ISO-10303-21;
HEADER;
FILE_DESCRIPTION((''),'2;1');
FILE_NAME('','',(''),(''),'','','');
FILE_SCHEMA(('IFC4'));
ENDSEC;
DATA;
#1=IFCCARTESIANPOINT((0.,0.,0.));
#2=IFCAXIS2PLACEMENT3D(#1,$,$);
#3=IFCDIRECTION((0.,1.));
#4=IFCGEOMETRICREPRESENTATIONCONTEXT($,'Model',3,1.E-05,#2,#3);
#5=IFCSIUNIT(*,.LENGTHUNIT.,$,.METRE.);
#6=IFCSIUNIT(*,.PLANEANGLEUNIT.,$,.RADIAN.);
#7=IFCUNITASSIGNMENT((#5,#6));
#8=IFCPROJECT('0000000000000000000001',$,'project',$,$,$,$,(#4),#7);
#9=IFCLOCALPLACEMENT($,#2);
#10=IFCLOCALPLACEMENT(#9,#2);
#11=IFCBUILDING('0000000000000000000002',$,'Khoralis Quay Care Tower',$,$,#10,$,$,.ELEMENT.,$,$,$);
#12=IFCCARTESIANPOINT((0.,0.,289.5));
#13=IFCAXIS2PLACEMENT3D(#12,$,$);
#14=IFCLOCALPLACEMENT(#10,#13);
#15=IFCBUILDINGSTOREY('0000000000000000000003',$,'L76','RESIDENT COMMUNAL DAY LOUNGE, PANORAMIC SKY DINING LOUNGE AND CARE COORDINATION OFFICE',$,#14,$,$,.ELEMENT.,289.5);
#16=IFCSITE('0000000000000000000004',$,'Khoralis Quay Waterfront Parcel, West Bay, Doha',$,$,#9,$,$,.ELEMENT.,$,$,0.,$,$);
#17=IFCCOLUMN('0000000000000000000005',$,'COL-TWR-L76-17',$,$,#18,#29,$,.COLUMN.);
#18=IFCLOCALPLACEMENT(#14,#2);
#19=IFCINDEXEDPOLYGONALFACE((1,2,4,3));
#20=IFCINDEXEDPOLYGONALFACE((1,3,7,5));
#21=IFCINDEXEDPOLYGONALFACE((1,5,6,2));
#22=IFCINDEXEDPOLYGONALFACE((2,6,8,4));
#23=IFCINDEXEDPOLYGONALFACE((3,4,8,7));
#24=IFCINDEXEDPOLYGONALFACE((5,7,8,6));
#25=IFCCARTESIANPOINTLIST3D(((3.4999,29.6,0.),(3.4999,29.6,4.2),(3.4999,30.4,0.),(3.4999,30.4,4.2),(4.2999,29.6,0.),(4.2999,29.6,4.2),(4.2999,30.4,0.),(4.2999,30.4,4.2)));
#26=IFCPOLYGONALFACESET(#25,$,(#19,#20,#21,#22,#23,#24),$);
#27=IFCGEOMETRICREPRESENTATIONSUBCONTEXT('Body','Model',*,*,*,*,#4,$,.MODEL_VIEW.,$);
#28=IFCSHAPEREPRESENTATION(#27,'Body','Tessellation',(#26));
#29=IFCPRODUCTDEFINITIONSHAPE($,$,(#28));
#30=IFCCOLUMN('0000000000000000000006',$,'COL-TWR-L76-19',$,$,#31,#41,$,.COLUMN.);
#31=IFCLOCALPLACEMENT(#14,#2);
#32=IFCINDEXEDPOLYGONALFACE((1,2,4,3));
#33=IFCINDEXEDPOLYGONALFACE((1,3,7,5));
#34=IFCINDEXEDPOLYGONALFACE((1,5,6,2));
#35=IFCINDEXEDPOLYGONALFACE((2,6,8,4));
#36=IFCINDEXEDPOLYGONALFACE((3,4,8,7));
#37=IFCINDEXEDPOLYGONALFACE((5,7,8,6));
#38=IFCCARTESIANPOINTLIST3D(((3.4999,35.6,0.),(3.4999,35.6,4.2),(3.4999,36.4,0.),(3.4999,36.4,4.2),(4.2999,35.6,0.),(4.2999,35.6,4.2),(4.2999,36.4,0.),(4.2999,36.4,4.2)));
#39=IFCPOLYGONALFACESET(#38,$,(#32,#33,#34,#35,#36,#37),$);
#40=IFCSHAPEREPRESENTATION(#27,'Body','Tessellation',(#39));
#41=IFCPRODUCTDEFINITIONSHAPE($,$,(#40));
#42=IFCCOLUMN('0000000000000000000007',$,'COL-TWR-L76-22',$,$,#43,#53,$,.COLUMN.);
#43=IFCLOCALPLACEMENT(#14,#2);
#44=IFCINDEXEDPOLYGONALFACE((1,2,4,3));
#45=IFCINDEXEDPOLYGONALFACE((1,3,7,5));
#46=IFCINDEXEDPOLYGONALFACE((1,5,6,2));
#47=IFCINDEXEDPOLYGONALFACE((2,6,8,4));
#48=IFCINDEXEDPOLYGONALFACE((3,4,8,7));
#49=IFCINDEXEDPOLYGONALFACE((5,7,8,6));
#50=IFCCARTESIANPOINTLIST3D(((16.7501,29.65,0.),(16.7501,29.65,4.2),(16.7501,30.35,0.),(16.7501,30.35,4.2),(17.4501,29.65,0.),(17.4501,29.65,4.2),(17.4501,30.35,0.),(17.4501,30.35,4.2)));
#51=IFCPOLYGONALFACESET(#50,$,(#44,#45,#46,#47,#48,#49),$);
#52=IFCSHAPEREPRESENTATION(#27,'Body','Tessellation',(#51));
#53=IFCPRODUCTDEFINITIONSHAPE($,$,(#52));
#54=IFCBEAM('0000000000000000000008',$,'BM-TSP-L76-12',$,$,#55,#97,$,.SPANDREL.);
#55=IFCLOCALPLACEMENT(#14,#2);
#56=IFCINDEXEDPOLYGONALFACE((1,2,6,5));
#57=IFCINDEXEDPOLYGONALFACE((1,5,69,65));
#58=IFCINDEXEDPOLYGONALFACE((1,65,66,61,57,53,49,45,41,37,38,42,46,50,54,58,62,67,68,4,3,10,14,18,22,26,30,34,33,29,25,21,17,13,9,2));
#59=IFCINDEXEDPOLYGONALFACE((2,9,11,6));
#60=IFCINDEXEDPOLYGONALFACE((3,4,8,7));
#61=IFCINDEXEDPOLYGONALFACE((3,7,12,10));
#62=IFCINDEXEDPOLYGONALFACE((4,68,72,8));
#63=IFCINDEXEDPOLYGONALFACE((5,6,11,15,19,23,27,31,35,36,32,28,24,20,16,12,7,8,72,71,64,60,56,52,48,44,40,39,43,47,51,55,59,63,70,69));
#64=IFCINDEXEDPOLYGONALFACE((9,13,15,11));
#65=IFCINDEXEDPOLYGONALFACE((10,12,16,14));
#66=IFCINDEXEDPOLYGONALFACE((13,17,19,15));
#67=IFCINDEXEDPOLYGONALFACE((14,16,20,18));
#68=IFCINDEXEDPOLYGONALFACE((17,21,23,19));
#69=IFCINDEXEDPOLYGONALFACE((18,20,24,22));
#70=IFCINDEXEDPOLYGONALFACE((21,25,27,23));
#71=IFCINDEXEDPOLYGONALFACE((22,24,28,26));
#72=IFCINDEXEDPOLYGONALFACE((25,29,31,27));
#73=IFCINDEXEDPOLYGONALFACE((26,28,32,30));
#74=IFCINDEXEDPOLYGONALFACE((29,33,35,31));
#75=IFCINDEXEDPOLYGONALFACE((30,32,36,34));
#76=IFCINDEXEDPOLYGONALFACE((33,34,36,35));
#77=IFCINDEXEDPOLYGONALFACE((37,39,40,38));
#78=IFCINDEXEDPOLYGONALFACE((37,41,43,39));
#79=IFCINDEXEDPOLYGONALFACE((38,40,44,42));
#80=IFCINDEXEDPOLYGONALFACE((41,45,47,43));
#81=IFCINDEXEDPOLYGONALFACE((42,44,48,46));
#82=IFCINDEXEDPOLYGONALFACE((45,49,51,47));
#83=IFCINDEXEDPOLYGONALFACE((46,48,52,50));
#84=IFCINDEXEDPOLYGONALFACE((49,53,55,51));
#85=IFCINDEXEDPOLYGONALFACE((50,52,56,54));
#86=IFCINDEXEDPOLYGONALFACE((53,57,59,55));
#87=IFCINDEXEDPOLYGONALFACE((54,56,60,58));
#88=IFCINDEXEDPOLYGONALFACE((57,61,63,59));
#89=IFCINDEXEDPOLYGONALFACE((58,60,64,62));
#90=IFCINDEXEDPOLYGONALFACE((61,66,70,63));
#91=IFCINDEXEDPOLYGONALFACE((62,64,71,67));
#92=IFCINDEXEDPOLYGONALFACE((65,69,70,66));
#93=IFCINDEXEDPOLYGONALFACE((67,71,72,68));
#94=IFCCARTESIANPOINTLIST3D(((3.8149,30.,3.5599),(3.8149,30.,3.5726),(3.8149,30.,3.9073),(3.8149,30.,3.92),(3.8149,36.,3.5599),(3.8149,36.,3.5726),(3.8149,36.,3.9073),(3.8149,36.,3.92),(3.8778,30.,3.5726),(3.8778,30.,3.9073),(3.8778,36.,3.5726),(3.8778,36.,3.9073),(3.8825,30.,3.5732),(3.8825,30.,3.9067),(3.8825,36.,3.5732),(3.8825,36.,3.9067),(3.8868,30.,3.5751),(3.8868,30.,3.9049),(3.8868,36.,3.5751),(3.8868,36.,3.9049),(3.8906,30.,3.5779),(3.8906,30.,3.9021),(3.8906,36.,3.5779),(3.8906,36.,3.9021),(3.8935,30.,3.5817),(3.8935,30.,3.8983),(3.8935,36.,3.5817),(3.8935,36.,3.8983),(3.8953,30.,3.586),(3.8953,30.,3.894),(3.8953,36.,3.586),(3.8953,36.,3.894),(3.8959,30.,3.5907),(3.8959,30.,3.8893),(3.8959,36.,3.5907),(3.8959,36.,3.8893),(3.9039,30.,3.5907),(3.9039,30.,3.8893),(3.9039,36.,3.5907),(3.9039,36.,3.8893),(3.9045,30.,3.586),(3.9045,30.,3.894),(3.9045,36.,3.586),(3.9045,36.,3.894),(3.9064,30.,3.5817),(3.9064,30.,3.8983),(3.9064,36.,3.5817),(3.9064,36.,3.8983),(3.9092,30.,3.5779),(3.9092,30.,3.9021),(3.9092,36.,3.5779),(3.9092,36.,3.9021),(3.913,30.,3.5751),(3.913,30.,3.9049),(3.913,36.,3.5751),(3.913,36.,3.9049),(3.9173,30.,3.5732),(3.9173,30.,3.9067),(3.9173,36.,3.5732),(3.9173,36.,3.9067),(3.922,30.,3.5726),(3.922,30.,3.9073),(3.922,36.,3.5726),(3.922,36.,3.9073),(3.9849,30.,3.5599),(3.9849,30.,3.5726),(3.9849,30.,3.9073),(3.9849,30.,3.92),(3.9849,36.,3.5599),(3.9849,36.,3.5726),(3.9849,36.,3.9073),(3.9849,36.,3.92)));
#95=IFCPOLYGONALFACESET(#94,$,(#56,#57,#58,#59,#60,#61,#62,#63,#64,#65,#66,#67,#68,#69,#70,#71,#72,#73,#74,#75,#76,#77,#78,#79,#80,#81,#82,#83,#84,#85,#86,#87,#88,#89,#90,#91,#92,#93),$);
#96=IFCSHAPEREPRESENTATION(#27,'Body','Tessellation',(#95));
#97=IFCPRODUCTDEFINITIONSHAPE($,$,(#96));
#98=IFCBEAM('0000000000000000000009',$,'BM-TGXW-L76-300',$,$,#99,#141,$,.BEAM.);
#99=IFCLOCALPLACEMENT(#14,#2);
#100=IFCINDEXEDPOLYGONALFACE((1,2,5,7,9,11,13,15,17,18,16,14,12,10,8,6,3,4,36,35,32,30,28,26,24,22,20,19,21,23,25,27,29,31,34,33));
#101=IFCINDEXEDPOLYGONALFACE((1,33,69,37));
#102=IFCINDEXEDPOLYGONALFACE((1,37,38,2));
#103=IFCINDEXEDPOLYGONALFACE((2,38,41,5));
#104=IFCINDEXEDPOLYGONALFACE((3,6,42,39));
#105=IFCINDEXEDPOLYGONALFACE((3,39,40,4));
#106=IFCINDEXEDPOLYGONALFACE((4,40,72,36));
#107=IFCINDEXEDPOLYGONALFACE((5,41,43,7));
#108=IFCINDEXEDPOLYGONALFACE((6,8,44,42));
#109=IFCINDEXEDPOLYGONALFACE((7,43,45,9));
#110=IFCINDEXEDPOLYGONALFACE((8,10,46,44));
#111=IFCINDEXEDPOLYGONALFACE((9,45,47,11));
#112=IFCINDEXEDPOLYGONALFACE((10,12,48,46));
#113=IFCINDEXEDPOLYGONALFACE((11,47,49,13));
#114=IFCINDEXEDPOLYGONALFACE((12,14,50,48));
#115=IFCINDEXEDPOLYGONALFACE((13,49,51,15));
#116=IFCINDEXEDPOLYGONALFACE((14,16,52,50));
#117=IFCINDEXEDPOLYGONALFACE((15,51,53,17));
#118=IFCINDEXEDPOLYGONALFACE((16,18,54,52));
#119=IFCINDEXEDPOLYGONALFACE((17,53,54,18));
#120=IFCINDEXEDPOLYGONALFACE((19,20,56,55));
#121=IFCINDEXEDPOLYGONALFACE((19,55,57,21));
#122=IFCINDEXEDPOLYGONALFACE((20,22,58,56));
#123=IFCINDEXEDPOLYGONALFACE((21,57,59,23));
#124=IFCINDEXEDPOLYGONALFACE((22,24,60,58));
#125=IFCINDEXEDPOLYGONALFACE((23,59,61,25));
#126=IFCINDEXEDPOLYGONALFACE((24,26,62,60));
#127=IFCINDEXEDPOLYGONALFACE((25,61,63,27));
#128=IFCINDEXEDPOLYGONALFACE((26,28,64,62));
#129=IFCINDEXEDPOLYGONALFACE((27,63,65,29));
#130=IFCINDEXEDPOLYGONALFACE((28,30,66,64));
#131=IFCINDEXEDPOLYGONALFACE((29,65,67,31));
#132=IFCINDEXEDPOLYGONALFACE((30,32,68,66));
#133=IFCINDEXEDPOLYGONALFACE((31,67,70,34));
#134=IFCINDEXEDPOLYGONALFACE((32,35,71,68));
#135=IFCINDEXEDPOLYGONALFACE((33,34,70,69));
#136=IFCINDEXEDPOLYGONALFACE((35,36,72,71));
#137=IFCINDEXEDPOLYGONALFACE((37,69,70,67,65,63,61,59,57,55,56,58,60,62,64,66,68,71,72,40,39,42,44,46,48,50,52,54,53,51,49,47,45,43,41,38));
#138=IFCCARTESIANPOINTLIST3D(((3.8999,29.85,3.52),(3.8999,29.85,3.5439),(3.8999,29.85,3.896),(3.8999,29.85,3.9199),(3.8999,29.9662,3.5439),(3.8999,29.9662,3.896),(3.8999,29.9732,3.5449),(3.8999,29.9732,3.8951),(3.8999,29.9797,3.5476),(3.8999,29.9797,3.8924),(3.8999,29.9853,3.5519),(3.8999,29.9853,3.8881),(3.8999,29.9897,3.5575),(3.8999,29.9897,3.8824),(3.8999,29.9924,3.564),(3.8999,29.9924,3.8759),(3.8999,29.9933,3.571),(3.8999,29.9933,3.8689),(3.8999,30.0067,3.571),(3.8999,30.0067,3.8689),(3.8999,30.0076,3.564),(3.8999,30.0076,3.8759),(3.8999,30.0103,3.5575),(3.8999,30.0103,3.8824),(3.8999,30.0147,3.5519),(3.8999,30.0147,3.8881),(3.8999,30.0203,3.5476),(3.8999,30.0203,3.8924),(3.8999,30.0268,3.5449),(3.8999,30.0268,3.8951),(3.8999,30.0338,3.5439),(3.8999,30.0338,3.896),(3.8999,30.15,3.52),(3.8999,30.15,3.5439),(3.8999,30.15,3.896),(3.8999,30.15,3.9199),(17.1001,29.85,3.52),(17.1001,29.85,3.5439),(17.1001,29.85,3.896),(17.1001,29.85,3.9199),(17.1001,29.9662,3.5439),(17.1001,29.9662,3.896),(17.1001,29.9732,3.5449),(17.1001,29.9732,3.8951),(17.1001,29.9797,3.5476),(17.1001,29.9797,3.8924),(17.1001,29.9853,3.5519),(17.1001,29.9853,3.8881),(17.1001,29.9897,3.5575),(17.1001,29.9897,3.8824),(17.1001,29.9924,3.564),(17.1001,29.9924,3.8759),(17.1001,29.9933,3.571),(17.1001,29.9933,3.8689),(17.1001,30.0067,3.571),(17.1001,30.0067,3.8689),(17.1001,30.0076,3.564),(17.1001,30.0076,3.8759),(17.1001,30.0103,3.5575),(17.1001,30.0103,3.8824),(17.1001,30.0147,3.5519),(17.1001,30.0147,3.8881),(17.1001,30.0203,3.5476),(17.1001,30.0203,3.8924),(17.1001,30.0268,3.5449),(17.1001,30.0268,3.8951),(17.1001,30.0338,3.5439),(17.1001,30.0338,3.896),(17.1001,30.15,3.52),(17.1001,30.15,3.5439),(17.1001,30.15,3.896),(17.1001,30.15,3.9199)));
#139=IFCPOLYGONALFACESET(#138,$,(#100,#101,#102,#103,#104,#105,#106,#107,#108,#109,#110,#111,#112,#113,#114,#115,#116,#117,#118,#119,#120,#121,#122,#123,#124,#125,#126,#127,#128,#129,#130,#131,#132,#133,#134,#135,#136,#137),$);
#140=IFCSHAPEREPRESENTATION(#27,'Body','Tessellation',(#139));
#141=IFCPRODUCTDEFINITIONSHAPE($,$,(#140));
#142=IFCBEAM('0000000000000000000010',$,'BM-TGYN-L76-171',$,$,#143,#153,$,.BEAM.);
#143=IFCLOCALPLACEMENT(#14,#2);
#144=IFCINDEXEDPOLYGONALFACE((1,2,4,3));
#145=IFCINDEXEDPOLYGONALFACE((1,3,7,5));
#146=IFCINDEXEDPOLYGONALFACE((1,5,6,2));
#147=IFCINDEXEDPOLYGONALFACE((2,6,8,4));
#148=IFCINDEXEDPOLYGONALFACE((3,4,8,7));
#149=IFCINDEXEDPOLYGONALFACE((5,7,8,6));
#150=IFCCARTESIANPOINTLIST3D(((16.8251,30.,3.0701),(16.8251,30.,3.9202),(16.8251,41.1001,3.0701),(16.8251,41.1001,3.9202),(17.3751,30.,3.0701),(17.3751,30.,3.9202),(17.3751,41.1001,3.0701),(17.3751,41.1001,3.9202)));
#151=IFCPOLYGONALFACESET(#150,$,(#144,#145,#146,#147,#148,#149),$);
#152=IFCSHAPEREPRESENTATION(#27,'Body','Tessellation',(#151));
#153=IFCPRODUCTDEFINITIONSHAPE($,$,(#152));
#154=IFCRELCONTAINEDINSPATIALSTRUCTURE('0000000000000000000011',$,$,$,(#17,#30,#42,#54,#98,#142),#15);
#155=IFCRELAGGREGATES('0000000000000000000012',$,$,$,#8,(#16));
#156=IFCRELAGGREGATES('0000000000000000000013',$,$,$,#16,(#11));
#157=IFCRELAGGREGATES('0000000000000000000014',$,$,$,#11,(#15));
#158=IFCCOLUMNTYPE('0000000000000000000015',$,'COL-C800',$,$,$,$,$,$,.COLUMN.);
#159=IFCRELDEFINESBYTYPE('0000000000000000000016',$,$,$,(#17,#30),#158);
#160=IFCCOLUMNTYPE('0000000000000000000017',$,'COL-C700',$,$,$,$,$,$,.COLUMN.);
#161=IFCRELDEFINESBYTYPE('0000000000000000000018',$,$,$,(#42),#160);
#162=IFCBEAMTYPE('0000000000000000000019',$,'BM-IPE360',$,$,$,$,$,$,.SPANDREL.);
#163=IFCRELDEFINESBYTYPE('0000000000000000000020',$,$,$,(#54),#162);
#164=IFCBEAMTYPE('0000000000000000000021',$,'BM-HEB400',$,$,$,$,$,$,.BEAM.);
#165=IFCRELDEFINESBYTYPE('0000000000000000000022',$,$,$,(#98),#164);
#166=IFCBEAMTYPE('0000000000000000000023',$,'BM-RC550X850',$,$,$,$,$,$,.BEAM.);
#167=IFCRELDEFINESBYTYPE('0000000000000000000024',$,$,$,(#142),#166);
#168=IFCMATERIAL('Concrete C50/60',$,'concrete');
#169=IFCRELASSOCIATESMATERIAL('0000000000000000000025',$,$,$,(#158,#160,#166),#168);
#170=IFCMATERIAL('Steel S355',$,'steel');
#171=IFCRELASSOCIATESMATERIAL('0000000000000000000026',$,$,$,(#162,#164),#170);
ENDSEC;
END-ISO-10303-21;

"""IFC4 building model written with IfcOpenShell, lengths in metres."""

from ifc_helpers import new_model, si_unit, direction, frame, origin, origin_2d, place, context, subcontext, project, spatial, rectangle, i_section, extrude, source, transform, mapped, material, material_profile, profile_set, type_object, element, save


model = new_model("IFC4")

# Units and contexts
model_context = context("Model", 3, precision=1e-05, world=origin(), true_north=direction((0.0, 1.0)))
body_context = subcontext(model_context, "Body", "Model", "MODEL_VIEW")
ifc_project = project(units=[si_unit("LENGTHUNIT", "METRE"), si_unit("PLANEANGLEUNIT", "RADIAN")], contexts=[model_context])

# Site, building, storey
site_placement = place(None, origin())
site = spatial("IfcSite", under=ifc_project, at=site_placement, Name="Khoralis Quay Waterfront Parcel, West Bay, Doha", CompositionType="ELEMENT", RefElevation=0.0)
building_placement = place(site_placement, origin())
building = spatial("IfcBuilding", under=site, at=building_placement, Name="Khoralis Quay Care Tower", CompositionType="ELEMENT")
storey_placement = place(building_placement, frame((0.0, 0.0, 289.5)))
storey = spatial("IfcBuildingStorey", under=building, at=storey_placement, Name="L76", Description="RESIDENT COMMUNAL DAY LOUNGE, PANORAMIC SKY DINING LOUNGE AND CARE COORDINATION OFFICE", CompositionType="ELEMENT", Elevation=289.5)

# Columns
ifc_material_1 = material(Name="Concrete C50/60", Category="concrete")
ifc_material_profile_1 = material_profile(ifc_material_1, rectangle(XDim=0.8, YDim=0.8, at=origin_2d()), Name="Concrete C50/60")
ifc_profile_set_1 = profile_set([ifc_material_profile_1], Name="Concrete C50/60")
column_type_1 = type_object("IfcColumnType", Name="COL-C800", PredefinedType="COLUMN", material=ifc_profile_set_1)
shared_shape_1 = source(origin(), body_context, "Body", "SweptSolid", [
    extrude(rectangle(XDim=0.8, YDim=0.8, at=origin_2d()), origin(), (0.0, 0.0, 1.0), 4.2),
])
for number, where, z_axis, x_axis, name in (
    (1, (3.8999, 30.0, 0.0), (0.0, 0.0, 1.0), (1.0, 0.0, 0.0), "COL-TWR-L76-17"),
    (2, (3.8999, 36.0, 0.0), (0.0, 0.0, 1.0), (1.0, 0.0, 0.0), "COL-TWR-L76-19"),
):
    element("IfcColumn", number, at=place(storey_placement, frame(where, z_axis=z_axis, x_axis=x_axis)), inside=storey, type_object=column_type_1, Name=name, PredefinedType="COLUMN", context=body_context, shape_type="MappedRepresentation", body=[
        mapped(shared_shape_1, transform((0.0, 0.0, 0.0), scale=1.0)),
    ])
ifc_material_profile_2 = material_profile(ifc_material_1, rectangle(XDim=0.7, YDim=0.7, at=origin_2d()), Name="Concrete C50/60")
ifc_profile_set_2 = profile_set([ifc_material_profile_2], Name="Concrete C50/60")
column_type_2 = type_object("IfcColumnType", Name="COL-C700", PredefinedType="COLUMN", material=ifc_profile_set_2)
shared_shape_2 = source(origin(), body_context, "Body", "SweptSolid", [
    extrude(rectangle(XDim=0.7, YDim=0.7, at=origin_2d()), origin(), (0.0, 0.0, 1.0), 4.2),
])
column_placement = place(storey_placement, frame((17.1001, 30.0, 0.0), z_axis=(0.0, 0.0, 1.0), x_axis=(1.0, 0.0, 0.0)))
element("IfcColumn", 3, at=column_placement, inside=storey, type_object=column_type_2, Name="COL-TWR-L76-22", PredefinedType="COLUMN", context=body_context, shape_type="MappedRepresentation", body=[
    mapped(shared_shape_2, transform((0.0, 0.0, 0.0), scale=1.0)),
])

# Beams
ifc_material_2 = material(Name="Steel S355", Category="steel")
ifc_material_profile_3 = material_profile(ifc_material_2, i_section(OverallWidth=0.1699, OverallDepth=0.3601, WebThickness=0.0081, FlangeThickness=0.0127, FilletRadius=0.0181, at=origin_2d()), Name="Steel S355")
ifc_profile_set_3 = profile_set([ifc_material_profile_3], Name="Steel S355")
beam_type_1 = type_object("IfcBeamType", Name="BM-IPE360", PredefinedType="SPANDREL", material=ifc_profile_set_3)
shared_shape_3 = source(origin(), body_context, "Body", "SweptSolid", [
    extrude(i_section(OverallWidth=0.1699, OverallDepth=0.3601, WebThickness=0.0081, FlangeThickness=0.0127, FilletRadius=0.0181, at=origin_2d()), origin(), (0.0, 0.0, 1.0), 6.0),
])
beam_1_placement = place(storey_placement, frame((3.8999, 30.0, 3.74), z_axis=(0.0, 1.0, 0.0), x_axis=(-1.0, 0.0, 0.0)))
element("IfcBeam", 4, at=beam_1_placement, inside=storey, type_object=beam_type_1, Name="BM-TSP-L76-12", PredefinedType="SPANDREL", context=body_context, shape_type="MappedRepresentation", body=[
    mapped(shared_shape_3, transform((0.0, 0.0, 0.0), scale=1.0)),
])
ifc_material_profile_4 = material_profile(ifc_material_2, i_section(OverallWidth=0.3, OverallDepth=0.3999, WebThickness=0.0134, FlangeThickness=0.0239, FilletRadius=0.0271, at=origin_2d()), Name="Steel S355")
ifc_profile_set_4 = profile_set([ifc_material_profile_4], Name="Steel S355")
beam_type_2 = type_object("IfcBeamType", Name="BM-HEB400", PredefinedType="BEAM", material=ifc_profile_set_4)
shared_shape_4 = source(origin(), body_context, "Body", "SweptSolid", [
    extrude(i_section(OverallWidth=0.3, OverallDepth=0.3999, WebThickness=0.0134, FlangeThickness=0.0239, FilletRadius=0.0271, at=origin_2d()), origin(), (0.0, 0.0, 1.0), 13.2002),
])
beam_2_placement = place(storey_placement, frame((3.8999, 30.0, 3.72), z_axis=(1.0, 0.0, 0.0), x_axis=(0.0, 1.0, 0.0)))
element("IfcBeam", 5, at=beam_2_placement, inside=storey, type_object=beam_type_2, Name="BM-TGXW-L76-300", PredefinedType="BEAM", context=body_context, shape_type="MappedRepresentation", body=[
    mapped(shared_shape_4, transform((0.0, 0.0, 0.0), scale=1.0)),
])
ifc_material_profile_5 = material_profile(ifc_material_1, rectangle(XDim=0.55, YDim=0.8501, at=origin_2d()), Name="Concrete C50/60")
ifc_profile_set_5 = profile_set([ifc_material_profile_5], Name="Concrete C50/60")
beam_type_3 = type_object("IfcBeamType", Name="BM-RC550X850", PredefinedType="BEAM", material=ifc_profile_set_5)
shared_shape_5 = source(origin(), body_context, "Body", "SweptSolid", [
    extrude(rectangle(XDim=0.55, YDim=0.8501, at=origin_2d()), origin(), (0.0, 0.0, 1.0), 11.1001),
])
beam_3_placement = place(storey_placement, frame((17.1001, 30.0, 3.4951), z_axis=(0.0, 1.0, 0.0), x_axis=(-1.0, 0.0, 0.0)))
element("IfcBeam", 6, at=beam_3_placement, inside=storey, type_object=beam_type_3, Name="BM-TGYN-L76-171", PredefinedType="BEAM", context=body_context, shape_type="MappedRepresentation", body=[
    mapped(shared_shape_5, transform((0.0, 0.0, 0.0), scale=1.0)),
])

save(model, "model.ifc")
